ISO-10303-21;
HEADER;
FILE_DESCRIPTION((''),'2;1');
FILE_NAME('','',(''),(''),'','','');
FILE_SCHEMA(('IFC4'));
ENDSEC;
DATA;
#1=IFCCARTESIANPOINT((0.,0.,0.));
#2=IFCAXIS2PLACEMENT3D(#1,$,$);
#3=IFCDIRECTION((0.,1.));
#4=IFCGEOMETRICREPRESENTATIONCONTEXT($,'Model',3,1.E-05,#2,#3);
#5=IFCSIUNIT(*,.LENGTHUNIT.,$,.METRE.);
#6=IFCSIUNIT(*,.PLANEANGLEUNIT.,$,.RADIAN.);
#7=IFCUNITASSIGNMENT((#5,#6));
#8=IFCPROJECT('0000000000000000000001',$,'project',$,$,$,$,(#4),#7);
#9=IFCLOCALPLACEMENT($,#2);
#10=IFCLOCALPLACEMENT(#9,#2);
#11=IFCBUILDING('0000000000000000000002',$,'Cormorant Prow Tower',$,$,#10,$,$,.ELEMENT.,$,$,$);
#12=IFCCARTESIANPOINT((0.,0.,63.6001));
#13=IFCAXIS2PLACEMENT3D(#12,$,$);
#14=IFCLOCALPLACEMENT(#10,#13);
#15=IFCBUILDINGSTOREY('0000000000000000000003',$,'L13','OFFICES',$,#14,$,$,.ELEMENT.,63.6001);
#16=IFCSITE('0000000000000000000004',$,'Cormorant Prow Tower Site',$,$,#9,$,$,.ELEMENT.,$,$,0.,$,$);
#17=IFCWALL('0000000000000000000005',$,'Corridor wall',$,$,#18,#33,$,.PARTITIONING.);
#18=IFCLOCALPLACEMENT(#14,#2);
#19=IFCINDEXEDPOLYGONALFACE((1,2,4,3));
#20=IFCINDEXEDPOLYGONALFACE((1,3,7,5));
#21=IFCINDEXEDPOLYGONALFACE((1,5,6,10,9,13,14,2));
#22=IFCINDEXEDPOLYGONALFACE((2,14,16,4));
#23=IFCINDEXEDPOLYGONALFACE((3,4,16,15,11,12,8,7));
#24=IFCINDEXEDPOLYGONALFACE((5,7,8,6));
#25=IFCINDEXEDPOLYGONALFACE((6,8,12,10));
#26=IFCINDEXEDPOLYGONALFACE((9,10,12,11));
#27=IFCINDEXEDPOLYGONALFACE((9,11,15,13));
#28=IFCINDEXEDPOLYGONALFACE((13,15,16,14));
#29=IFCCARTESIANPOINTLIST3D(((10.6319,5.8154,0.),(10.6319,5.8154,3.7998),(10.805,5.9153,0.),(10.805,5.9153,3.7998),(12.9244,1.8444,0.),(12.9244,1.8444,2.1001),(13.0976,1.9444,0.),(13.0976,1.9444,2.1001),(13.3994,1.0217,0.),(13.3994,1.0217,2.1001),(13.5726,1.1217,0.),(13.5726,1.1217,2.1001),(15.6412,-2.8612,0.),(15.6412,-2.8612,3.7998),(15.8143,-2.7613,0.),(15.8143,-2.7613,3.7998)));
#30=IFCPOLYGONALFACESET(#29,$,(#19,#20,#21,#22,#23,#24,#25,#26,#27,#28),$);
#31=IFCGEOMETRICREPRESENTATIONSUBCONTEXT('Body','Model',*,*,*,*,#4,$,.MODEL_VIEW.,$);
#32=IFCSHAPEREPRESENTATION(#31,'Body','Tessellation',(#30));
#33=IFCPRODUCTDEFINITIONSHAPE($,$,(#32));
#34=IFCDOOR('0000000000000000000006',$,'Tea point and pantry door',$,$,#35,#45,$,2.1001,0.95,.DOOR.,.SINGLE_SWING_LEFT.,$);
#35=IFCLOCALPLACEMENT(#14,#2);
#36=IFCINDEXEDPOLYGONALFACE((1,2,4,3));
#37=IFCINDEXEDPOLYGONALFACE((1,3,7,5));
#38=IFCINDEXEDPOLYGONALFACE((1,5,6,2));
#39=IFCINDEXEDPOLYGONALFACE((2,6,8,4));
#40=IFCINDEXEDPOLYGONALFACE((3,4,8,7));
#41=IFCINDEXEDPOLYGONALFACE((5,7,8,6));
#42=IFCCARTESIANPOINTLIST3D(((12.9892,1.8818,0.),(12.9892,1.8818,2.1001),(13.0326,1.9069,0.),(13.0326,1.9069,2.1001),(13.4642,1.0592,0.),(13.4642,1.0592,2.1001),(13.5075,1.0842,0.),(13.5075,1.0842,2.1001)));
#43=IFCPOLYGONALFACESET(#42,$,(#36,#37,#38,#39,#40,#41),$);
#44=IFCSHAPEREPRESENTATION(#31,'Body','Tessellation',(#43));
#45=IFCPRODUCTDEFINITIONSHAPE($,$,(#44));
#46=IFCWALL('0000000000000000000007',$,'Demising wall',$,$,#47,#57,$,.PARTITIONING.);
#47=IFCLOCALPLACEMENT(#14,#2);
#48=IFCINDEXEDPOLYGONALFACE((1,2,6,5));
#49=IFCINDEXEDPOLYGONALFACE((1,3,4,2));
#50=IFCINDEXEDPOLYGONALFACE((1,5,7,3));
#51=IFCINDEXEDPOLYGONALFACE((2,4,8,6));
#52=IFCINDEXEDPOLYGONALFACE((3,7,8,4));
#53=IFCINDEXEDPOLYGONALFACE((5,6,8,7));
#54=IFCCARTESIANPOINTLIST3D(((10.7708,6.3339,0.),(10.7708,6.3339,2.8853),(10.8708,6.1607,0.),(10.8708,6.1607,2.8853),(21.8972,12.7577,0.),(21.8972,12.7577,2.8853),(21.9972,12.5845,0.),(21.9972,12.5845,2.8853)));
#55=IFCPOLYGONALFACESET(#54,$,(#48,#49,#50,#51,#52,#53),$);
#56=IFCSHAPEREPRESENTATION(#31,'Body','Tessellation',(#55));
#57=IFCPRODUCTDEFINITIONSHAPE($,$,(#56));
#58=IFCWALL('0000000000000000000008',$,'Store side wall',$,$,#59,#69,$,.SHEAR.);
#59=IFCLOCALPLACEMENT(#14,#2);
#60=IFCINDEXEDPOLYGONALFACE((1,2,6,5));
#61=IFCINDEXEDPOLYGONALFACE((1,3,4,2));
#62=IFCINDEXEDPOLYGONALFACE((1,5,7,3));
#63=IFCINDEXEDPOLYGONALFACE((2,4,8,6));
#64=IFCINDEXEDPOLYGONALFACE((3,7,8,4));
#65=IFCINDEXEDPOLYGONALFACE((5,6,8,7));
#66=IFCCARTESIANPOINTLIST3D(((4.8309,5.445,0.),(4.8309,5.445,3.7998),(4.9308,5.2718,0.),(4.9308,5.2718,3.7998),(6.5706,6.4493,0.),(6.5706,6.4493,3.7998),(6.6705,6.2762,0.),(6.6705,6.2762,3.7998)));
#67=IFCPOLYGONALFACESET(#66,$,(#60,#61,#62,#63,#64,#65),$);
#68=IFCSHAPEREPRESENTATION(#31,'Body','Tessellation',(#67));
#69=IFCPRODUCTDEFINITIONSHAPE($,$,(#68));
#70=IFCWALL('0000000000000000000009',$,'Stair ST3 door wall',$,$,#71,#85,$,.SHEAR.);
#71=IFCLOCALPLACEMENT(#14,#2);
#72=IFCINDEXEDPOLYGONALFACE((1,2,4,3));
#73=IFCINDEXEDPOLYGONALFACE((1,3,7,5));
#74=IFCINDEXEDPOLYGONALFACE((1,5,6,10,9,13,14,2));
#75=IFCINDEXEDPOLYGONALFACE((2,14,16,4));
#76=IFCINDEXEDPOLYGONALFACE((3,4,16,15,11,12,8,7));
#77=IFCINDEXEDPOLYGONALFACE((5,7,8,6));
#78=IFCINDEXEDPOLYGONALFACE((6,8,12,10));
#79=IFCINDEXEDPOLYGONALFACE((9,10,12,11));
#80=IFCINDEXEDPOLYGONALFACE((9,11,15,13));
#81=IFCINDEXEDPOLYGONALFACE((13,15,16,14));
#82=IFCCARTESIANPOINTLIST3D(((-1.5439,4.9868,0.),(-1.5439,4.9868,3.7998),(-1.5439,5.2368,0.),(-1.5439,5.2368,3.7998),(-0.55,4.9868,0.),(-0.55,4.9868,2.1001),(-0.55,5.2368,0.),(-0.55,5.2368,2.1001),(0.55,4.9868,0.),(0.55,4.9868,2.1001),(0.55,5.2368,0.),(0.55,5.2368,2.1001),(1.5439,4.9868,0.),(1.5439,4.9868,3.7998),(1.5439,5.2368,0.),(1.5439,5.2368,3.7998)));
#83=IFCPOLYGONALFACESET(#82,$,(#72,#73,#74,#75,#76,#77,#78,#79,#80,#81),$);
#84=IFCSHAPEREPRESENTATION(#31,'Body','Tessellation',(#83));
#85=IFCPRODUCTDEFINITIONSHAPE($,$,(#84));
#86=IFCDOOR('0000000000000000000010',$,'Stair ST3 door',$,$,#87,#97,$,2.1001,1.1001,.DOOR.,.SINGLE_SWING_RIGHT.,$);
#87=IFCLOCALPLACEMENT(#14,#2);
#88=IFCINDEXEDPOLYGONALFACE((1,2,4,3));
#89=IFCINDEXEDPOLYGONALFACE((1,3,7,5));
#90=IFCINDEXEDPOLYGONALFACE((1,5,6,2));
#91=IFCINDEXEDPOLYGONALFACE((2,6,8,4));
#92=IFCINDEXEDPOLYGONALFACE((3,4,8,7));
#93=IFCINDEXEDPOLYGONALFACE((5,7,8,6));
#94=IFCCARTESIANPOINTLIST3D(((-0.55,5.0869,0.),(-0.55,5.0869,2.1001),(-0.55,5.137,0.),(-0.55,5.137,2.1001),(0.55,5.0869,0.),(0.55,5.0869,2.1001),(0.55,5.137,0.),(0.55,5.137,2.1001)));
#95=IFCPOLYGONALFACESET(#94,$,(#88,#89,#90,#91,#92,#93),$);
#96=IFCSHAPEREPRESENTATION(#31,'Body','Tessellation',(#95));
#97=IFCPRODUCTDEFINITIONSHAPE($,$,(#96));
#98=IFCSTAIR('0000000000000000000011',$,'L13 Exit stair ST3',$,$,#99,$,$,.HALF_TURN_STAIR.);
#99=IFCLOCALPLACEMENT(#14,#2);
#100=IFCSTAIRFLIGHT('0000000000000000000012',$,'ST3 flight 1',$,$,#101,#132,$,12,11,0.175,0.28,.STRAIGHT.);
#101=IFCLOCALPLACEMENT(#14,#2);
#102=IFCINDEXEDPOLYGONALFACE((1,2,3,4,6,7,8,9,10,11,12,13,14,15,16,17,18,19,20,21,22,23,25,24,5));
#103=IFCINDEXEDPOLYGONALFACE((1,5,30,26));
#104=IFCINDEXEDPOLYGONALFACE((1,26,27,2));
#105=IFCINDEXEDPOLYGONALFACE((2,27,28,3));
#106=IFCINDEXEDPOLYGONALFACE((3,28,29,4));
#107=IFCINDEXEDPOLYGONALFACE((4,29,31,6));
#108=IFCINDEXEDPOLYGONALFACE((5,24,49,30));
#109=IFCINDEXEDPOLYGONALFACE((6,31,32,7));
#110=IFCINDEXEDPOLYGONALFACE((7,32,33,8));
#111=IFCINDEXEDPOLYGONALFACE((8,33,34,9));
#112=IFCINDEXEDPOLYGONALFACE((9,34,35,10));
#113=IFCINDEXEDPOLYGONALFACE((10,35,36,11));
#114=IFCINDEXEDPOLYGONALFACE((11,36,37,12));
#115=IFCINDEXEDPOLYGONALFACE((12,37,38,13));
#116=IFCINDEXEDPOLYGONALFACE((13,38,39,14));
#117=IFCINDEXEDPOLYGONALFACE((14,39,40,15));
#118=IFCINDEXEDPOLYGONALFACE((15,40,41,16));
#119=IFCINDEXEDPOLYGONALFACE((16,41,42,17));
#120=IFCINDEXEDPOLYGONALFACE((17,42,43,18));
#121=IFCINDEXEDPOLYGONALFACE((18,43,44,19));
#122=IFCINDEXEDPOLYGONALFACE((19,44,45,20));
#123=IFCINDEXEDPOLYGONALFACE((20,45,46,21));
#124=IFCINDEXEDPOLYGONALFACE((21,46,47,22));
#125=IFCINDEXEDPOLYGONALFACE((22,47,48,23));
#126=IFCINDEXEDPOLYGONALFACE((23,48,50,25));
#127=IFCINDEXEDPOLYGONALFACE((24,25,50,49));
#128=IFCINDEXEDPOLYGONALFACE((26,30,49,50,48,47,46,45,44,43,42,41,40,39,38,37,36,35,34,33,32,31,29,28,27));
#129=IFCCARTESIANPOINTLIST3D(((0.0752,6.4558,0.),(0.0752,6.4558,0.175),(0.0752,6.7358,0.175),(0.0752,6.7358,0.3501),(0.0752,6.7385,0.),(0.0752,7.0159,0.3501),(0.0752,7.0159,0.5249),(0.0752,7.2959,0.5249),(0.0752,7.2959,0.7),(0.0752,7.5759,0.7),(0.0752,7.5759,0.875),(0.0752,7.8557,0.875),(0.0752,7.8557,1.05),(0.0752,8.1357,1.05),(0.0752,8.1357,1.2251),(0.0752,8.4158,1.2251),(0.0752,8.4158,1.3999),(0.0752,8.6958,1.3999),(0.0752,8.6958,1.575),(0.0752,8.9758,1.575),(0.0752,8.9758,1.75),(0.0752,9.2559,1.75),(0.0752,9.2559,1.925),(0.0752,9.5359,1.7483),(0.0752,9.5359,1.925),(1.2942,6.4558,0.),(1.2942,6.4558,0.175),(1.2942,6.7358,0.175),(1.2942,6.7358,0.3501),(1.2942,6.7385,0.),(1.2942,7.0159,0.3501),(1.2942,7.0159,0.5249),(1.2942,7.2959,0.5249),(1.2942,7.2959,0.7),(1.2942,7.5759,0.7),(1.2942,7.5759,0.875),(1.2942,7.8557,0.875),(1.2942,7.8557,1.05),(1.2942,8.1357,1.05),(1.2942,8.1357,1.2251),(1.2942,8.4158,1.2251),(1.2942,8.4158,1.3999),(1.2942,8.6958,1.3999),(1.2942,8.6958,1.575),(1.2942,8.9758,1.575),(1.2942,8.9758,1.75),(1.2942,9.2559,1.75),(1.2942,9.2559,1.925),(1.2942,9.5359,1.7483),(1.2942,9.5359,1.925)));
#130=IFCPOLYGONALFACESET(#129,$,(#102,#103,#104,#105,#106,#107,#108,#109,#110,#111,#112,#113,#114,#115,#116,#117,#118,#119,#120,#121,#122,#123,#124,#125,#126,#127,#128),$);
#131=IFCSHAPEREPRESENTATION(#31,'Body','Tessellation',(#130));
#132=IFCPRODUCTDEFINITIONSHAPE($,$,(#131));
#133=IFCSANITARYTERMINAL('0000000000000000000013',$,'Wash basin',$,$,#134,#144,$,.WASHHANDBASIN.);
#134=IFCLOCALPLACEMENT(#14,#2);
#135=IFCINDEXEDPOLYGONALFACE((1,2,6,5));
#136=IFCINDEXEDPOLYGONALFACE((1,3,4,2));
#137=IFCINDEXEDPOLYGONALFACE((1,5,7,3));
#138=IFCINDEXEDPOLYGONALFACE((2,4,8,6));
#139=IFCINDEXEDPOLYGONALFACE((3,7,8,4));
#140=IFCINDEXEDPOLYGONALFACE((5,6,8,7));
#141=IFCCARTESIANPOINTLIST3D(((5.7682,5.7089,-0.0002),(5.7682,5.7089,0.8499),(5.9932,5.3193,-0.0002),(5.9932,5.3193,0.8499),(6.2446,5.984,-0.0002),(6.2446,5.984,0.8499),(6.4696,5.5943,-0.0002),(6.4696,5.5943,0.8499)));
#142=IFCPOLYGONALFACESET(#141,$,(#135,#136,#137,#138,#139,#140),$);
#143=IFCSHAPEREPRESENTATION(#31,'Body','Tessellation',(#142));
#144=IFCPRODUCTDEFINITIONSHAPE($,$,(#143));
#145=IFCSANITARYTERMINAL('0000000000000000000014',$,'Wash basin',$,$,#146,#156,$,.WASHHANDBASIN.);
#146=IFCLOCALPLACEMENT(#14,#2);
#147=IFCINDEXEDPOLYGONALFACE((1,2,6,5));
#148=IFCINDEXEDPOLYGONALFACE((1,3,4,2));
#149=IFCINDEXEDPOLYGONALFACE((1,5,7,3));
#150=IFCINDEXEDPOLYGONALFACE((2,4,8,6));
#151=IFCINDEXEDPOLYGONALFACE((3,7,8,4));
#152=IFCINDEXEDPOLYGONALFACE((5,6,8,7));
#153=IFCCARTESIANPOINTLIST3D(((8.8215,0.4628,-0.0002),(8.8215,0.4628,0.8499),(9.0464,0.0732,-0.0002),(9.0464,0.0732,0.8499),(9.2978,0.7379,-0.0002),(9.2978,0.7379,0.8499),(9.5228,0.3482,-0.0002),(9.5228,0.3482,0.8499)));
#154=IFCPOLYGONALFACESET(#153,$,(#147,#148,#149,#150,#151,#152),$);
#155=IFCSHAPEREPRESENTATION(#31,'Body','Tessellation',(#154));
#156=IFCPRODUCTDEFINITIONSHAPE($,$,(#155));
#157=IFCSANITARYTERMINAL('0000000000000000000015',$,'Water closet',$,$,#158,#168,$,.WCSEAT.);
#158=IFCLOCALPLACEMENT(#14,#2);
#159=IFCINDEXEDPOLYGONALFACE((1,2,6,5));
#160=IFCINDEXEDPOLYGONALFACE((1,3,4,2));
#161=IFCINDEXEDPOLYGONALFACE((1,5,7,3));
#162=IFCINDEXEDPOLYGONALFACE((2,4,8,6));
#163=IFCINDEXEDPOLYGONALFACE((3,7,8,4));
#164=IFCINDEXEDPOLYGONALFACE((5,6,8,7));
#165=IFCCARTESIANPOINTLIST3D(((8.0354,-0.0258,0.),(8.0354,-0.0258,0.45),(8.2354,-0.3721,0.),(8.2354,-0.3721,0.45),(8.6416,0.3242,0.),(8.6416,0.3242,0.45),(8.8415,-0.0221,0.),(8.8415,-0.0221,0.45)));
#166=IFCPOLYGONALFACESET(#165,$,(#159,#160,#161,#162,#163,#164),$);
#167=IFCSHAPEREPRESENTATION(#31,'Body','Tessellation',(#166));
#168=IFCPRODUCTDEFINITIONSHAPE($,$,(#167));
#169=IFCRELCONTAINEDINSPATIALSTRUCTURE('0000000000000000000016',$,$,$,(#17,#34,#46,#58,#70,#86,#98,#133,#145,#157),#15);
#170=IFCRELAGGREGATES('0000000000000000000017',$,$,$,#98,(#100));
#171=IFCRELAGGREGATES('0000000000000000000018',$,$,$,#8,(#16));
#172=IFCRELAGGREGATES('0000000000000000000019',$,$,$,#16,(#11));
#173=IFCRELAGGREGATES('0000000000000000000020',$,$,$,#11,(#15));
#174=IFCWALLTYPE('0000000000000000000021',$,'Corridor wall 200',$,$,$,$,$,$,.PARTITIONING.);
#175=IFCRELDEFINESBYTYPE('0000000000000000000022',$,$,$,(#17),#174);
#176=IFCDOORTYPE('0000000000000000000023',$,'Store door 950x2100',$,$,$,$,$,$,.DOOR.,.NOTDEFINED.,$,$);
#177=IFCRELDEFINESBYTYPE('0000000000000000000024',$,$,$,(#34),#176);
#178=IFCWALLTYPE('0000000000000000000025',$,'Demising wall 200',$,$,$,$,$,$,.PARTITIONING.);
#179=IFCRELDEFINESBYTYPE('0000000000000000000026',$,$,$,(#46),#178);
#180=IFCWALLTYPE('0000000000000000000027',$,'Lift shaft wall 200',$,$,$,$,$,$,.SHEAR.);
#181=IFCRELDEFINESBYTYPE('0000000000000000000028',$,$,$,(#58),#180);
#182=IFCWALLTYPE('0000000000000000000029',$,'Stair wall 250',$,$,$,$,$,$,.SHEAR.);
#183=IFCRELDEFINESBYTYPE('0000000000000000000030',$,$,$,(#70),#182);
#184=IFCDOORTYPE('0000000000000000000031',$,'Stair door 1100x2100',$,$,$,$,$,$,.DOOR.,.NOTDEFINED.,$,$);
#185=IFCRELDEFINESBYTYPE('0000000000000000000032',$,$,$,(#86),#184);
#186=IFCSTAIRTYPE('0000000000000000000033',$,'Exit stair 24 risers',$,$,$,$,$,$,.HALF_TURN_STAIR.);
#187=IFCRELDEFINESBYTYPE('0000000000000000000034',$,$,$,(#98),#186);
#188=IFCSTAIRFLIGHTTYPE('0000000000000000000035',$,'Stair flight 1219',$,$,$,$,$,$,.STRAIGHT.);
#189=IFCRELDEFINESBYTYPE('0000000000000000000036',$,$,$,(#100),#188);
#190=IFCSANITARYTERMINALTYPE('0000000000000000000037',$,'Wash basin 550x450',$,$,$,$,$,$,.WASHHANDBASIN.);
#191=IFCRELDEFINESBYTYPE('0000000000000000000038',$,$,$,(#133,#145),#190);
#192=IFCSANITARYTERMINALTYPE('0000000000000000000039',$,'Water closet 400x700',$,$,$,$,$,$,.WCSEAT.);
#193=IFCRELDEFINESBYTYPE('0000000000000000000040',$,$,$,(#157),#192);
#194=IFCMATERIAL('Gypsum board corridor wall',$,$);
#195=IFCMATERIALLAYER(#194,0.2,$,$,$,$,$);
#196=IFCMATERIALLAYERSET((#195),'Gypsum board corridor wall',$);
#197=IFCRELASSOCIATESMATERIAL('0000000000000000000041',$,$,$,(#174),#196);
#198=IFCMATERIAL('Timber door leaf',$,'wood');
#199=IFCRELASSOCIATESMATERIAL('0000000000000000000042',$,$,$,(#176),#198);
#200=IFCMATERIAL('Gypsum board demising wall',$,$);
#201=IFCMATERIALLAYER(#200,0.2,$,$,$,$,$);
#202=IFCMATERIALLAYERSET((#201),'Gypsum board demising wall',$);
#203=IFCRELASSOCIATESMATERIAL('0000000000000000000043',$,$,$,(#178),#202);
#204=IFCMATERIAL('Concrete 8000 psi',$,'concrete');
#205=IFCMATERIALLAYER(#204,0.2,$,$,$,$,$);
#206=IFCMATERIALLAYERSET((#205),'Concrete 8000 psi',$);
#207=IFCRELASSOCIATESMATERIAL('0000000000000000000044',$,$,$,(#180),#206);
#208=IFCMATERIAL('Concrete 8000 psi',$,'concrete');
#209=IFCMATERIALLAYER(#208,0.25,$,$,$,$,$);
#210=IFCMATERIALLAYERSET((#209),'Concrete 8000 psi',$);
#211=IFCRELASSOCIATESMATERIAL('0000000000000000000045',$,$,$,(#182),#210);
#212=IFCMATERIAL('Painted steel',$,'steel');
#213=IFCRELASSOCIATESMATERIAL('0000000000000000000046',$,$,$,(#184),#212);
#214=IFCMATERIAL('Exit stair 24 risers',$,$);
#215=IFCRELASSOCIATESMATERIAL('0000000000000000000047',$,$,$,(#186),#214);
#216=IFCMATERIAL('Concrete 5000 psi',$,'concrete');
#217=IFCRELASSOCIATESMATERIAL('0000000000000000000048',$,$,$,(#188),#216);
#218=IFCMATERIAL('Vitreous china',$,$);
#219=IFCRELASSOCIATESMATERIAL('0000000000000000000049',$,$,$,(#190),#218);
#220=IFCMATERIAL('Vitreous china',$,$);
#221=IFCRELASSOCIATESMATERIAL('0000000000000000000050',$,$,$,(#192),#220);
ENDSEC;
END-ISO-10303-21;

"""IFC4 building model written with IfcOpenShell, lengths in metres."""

from ifc_helpers import new_model, si_unit, direction, frame, frame_2d, origin, origin_2d, place, context, subcontext, project, spatial, polyline, rectangle, outline, extrude, material, layer, layer_set, type_object, element, fill, aggregate, save


model = new_model("IFC4")

# Units and contexts
model_context = context("Model", 3, precision=1e-05, world=origin(), true_north=direction((0.0, 1.0)))
body_context = subcontext(model_context, "Body", "Model", "MODEL_VIEW")
ifc_project = project(units=[si_unit("LENGTHUNIT", "METRE"), si_unit("PLANEANGLEUNIT", "RADIAN")], contexts=[model_context])

# Site, building, storey
site_placement = place(None, origin())
site = spatial("IfcSite", under=ifc_project, at=site_placement, Name="Cormorant Prow Tower Site", CompositionType="ELEMENT", RefElevation=0.0)
building_placement = place(site_placement, origin())
building = spatial("IfcBuilding", under=site, at=building_placement, Name="Cormorant Prow Tower", CompositionType="ELEMENT")
storey_placement = place(building_placement, frame((0.0, 0.0, 63.6001)))
storey = spatial("IfcBuildingStorey", under=building, at=storey_placement, Name="L13", Description="OFFICES", CompositionType="ELEMENT", Elevation=63.6001)

# Wall, opening, door
ifc_material_1 = material(Name="Gypsum board corridor wall")
ifc_layer_1 = layer(ifc_material_1, 0.2)
ifc_layer_set_1 = layer_set([ifc_layer_1], Name="Gypsum board corridor wall")
wall_type_1 = type_object("IfcWallType", Name="Corridor wall 200", PredefinedType="PARTITIONING", material=ifc_layer_set_1)
wall_1_placement = place(storey_placement, frame((10.7185, 5.8652, 0.0), z_axis=(0.0, 0.0, 1.0), x_axis=(0.499992, -0.86603, 0.0)))
wall_1 = element("IfcWall", 1, at=wall_1_placement, inside=storey, type_object=wall_type_1, Name="Corridor wall", PredefinedType="PARTITIONING", context=body_context, shape_type="SweptSolid", body=[
    extrude(rectangle(XDim=10.0188, YDim=0.2, at=frame_2d((5.0093, 0.0))), origin(), (0.0, 0.0, 1.0), 3.7998),
])
opening_1_placement = place(wall_1_placement, frame((4.585, 0.0, 0.0)))
opening_1 = element("IfcOpeningElement", 2, at=opening_1_placement, cuts=wall_1, PredefinedType="OPENING", context=body_context, shape_type="SweptSolid", body=[
    extrude(rectangle(XDim=0.95, YDim=2.1001, at=frame_2d((0.4751, 1.05))), frame((0.0, 0.1099, 0.0), z_axis=(0.0, -1.0, 0.0), x_axis=(1.0, 0.0, 0.0)), (0.0, 0.0, 1.0), 0.22),
])
ifc_material_2 = material(Name="Timber door leaf", Category="wood")
door_type_1 = type_object("IfcDoorType", Name="Store door 950x2100", OperationType="NOTDEFINED", PredefinedType="DOOR", material=ifc_material_2)
door_1_placement = place(opening_1_placement, origin())
door_1 = element("IfcDoor", 3, at=door_1_placement, inside=storey, type_object=door_type_1, Name="Tea point and pantry door", OperationType="SINGLE_SWING_LEFT", OverallHeight=2.1001, OverallWidth=0.95, PredefinedType="DOOR", context=body_context, shape_type="SweptSolid", body=[
    extrude(rectangle(XDim=0.95, YDim=2.1001, at=frame_2d((0.4751, 1.05))), frame((0.0, 0.0249, 0.0), z_axis=(0.0, -1.0, 0.0), x_axis=(1.0, 0.0, 0.0)), (0.0, 0.0, 1.0), 0.05),
])
fill(opening_1, door_1)

# Walls
ifc_material_3 = material(Name="Gypsum board demising wall")
ifc_layer_2 = layer(ifc_material_3, 0.2)
ifc_layer_set_2 = layer_set([ifc_layer_2], Name="Gypsum board demising wall")
wall_type_2 = type_object("IfcWallType", Name="Demising wall 200", PredefinedType="PARTITIONING", material=ifc_layer_set_2)
wall_2_placement = place(storey_placement, frame((10.8208, 6.2473, 0.0), z_axis=(0.0, 0.0, 1.0), x_axis=(0.866027, 0.499998, 0.0)))
element("IfcWall", 4, at=wall_2_placement, inside=storey, type_object=wall_type_2, Name="Demising wall", PredefinedType="PARTITIONING", context=body_context, shape_type="SweptSolid", body=[
    extrude(rectangle(XDim=12.8477, YDim=0.2, at=frame_2d((6.4238, 0.0))), origin(), (0.0, 0.0, 1.0), 2.8853),
])
ifc_material_4 = material(Name="Concrete 8000 psi", Category="concrete")
ifc_layer_3 = layer(ifc_material_4, 0.2)
ifc_layer_set_3 = layer_set([ifc_layer_3], Name="Concrete 8000 psi")
wall_type_3 = type_object("IfcWallType", Name="Lift shaft wall 200", PredefinedType="SHEAR", material=ifc_layer_set_3)
wall_3_placement = place(storey_placement, frame((4.8809, 5.3584, 0.0), z_axis=(0.0, 0.0, 1.0), x_axis=(0.866036, 0.499982, 0.0)))
element("IfcWall", 5, at=wall_3_placement, inside=storey, type_object=wall_type_3, Name="Store side wall", PredefinedType="SHEAR", context=body_context, shape_type="SweptSolid", body=[
    extrude(rectangle(XDim=2.0088, YDim=0.2, at=frame_2d((1.0044, 0.0))), origin(), (0.0, 0.0, 1.0), 3.7998),
])

# Wall, opening, door
ifc_material_5 = material(Name="Concrete 8000 psi", Category="concrete")
ifc_layer_4 = layer(ifc_material_5, 0.25)
ifc_layer_set_4 = layer_set([ifc_layer_4], Name="Concrete 8000 psi")
wall_type_4 = type_object("IfcWallType", Name="Stair wall 250", PredefinedType="SHEAR", material=ifc_layer_set_4)
wall_4_placement = place(storey_placement, frame((1.5439, 5.1118, 0.0), z_axis=(0.0, 0.0, 1.0), x_axis=(-1.0, 0.0, 0.0)))
wall_4 = element("IfcWall", 6, at=wall_4_placement, inside=storey, type_object=wall_type_4, Name="Stair ST3 door wall", PredefinedType="SHEAR", context=body_context, shape_type="SweptSolid", body=[
    extrude(rectangle(XDim=3.0879, YDim=0.25, at=frame_2d((1.5439, 0.0))), origin(), (0.0, 0.0, 1.0), 3.7998),
])
opening_2_placement = place(wall_4_placement, frame((0.9939, 0.0, 0.0)))
opening_2 = element("IfcOpeningElement", 7, at=opening_2_placement, cuts=wall_4, PredefinedType="OPENING", context=body_context, shape_type="SweptSolid", body=[
    extrude(rectangle(XDim=1.1001, YDim=2.1001, at=frame_2d((0.55, 1.05))), frame((0.0, 0.135, 0.0), z_axis=(0.0, -1.0, 0.0), x_axis=(1.0, 0.0, 0.0)), (0.0, 0.0, 1.0), 0.27),
])
ifc_material_6 = material(Name="Painted steel", Category="steel")
door_type_2 = type_object("IfcDoorType", Name="Stair door 1100x2100", OperationType="NOTDEFINED", PredefinedType="DOOR", material=ifc_material_6)
door_2_placement = place(opening_2_placement, origin())
door_2 = element("IfcDoor", 8, at=door_2_placement, inside=storey, type_object=door_type_2, Name="Stair ST3 door", OperationType="SINGLE_SWING_RIGHT", OverallHeight=2.1001, OverallWidth=1.1001, PredefinedType="DOOR", context=body_context, shape_type="SweptSolid", body=[
    extrude(rectangle(XDim=1.1001, YDim=2.1001, at=frame_2d((0.55, 1.05))), frame((0.0, 0.0249, 0.0), z_axis=(0.0, -1.0, 0.0), x_axis=(1.0, 0.0, 0.0)), (0.0, 0.0, 1.0), 0.05),
])
fill(opening_2, door_2)

# Stair, stair flight
ifc_material_7 = material(Name="Exit stair 24 risers")
stair_type = type_object("IfcStairType", Name="Exit stair 24 risers", PredefinedType="HALF_TURN_STAIR", material=ifc_material_7)
stair_placement = place(storey_placement, origin())
stair = element("IfcStair", 9, at=stair_placement, inside=storey, type_object=stair_type, Name="L13 Exit stair ST3", PredefinedType="HALF_TURN_STAIR")
ifc_material_8 = material(Name="Concrete 5000 psi", Category="concrete")
stair_flight_type = type_object("IfcStairFlightType", Name="Stair flight 1219", PredefinedType="STRAIGHT", material=ifc_material_8)
stair_flight_placement = place(storey_placement, frame((0.6846, 6.4558, 0.0), z_axis=(0.0, 0.0, 1.0), x_axis=(0.0, 1.0, 0.0)))
stair_flight = element("IfcStairFlight", 10, at=stair_flight_placement, type_object=stair_flight_type, Name="ST3 flight 1", NumberOfRisers=12, NumberOfTreads=11, PredefinedType="STRAIGHT", RiserHeight=0.175, TreadLength=0.28, context=body_context, shape_type="SweptSolid", body=[
    extrude(outline(polyline([(0.0, 0.0), (0.0, 0.175), (0.28, 0.175), (0.28, 0.3501), (0.5601, 0.3501), (0.5601, 0.5249), (0.8401, 0.5249), (0.8401, 0.7), (1.1201, 0.7), (1.1201, 0.875), (1.3999, 0.875), (1.3999, 1.05), (1.6799, 1.05), (1.6799, 1.2251), (1.96, 1.2251), (1.96, 1.3999), (2.24, 1.3999), (2.24, 1.575), (2.52, 1.575), (2.52, 1.75), (2.8, 1.75), (2.8, 1.925), (3.0801, 1.925), (3.0801, 2.1001), (3.0801, 1.7483), (0.2827, 0.0), (0.0, 0.0)])), frame((0.0, 0.6094, 0.0), z_axis=(0.0, -1.0, 0.0), x_axis=(1.0, 0.0, 0.0)), (0.0, 0.0, 1.0), 1.219),
])
aggregate(stair, [stair_flight])

# Sanitary terminals
ifc_material_9 = material(Name="Vitreous china")
sanitary_terminal_type_1 = type_object("IfcSanitaryTerminalType", Name="Wash basin 550x450", PredefinedType="WASHHANDBASIN", material=ifc_material_9)
for number, where, z_axis, x_axis, name in (
    (11, (6.1189, 5.6516, -0.0002), (0.0, 0.0, 1.0), (-0.866043, -0.49997, 0.0), "Wash basin"),
    (12, (9.1721, 0.4055, -0.0002), (0.0, 0.0, 1.0), (0.866017, 0.500015, 0.0), "Wash basin"),
):
    element("IfcSanitaryTerminal", number, at=place(storey_placement, frame(where, z_axis=z_axis, x_axis=x_axis)), inside=storey, type_object=sanitary_terminal_type_1, Name=name, PredefinedType="WASHHANDBASIN", context=body_context, shape_type="SweptSolid", body=[
        extrude(rectangle(XDim=0.55, YDim=0.45, at=origin_2d()), origin(), (0.0, 0.0, 1.0), 0.8501),
    ])
ifc_material_10 = material(Name="Vitreous china")
sanitary_terminal_type_2 = type_object("IfcSanitaryTerminalType", Name="Water closet 400x700", PredefinedType="WCSEAT", material=ifc_material_10)
for number, where, z_axis, x_axis, name in (
    (13, (8.4385, -0.0239, 0.0), (0.0, 0.0, 1.0), (0.5, -0.866025, 0.0), "Water closet"),
):
    element("IfcSanitaryTerminal", number, at=place(storey_placement, frame(where, z_axis=z_axis, x_axis=x_axis)), inside=storey, type_object=sanitary_terminal_type_2, Name=name, PredefinedType="WCSEAT", context=body_context, shape_type="SweptSolid", body=[
        extrude(rectangle(XDim=0.3999, YDim=0.7, at=origin_2d()), origin(), (0.0, 0.0, 1.0), 0.45),
    ])

save(model, "model.ifc")
